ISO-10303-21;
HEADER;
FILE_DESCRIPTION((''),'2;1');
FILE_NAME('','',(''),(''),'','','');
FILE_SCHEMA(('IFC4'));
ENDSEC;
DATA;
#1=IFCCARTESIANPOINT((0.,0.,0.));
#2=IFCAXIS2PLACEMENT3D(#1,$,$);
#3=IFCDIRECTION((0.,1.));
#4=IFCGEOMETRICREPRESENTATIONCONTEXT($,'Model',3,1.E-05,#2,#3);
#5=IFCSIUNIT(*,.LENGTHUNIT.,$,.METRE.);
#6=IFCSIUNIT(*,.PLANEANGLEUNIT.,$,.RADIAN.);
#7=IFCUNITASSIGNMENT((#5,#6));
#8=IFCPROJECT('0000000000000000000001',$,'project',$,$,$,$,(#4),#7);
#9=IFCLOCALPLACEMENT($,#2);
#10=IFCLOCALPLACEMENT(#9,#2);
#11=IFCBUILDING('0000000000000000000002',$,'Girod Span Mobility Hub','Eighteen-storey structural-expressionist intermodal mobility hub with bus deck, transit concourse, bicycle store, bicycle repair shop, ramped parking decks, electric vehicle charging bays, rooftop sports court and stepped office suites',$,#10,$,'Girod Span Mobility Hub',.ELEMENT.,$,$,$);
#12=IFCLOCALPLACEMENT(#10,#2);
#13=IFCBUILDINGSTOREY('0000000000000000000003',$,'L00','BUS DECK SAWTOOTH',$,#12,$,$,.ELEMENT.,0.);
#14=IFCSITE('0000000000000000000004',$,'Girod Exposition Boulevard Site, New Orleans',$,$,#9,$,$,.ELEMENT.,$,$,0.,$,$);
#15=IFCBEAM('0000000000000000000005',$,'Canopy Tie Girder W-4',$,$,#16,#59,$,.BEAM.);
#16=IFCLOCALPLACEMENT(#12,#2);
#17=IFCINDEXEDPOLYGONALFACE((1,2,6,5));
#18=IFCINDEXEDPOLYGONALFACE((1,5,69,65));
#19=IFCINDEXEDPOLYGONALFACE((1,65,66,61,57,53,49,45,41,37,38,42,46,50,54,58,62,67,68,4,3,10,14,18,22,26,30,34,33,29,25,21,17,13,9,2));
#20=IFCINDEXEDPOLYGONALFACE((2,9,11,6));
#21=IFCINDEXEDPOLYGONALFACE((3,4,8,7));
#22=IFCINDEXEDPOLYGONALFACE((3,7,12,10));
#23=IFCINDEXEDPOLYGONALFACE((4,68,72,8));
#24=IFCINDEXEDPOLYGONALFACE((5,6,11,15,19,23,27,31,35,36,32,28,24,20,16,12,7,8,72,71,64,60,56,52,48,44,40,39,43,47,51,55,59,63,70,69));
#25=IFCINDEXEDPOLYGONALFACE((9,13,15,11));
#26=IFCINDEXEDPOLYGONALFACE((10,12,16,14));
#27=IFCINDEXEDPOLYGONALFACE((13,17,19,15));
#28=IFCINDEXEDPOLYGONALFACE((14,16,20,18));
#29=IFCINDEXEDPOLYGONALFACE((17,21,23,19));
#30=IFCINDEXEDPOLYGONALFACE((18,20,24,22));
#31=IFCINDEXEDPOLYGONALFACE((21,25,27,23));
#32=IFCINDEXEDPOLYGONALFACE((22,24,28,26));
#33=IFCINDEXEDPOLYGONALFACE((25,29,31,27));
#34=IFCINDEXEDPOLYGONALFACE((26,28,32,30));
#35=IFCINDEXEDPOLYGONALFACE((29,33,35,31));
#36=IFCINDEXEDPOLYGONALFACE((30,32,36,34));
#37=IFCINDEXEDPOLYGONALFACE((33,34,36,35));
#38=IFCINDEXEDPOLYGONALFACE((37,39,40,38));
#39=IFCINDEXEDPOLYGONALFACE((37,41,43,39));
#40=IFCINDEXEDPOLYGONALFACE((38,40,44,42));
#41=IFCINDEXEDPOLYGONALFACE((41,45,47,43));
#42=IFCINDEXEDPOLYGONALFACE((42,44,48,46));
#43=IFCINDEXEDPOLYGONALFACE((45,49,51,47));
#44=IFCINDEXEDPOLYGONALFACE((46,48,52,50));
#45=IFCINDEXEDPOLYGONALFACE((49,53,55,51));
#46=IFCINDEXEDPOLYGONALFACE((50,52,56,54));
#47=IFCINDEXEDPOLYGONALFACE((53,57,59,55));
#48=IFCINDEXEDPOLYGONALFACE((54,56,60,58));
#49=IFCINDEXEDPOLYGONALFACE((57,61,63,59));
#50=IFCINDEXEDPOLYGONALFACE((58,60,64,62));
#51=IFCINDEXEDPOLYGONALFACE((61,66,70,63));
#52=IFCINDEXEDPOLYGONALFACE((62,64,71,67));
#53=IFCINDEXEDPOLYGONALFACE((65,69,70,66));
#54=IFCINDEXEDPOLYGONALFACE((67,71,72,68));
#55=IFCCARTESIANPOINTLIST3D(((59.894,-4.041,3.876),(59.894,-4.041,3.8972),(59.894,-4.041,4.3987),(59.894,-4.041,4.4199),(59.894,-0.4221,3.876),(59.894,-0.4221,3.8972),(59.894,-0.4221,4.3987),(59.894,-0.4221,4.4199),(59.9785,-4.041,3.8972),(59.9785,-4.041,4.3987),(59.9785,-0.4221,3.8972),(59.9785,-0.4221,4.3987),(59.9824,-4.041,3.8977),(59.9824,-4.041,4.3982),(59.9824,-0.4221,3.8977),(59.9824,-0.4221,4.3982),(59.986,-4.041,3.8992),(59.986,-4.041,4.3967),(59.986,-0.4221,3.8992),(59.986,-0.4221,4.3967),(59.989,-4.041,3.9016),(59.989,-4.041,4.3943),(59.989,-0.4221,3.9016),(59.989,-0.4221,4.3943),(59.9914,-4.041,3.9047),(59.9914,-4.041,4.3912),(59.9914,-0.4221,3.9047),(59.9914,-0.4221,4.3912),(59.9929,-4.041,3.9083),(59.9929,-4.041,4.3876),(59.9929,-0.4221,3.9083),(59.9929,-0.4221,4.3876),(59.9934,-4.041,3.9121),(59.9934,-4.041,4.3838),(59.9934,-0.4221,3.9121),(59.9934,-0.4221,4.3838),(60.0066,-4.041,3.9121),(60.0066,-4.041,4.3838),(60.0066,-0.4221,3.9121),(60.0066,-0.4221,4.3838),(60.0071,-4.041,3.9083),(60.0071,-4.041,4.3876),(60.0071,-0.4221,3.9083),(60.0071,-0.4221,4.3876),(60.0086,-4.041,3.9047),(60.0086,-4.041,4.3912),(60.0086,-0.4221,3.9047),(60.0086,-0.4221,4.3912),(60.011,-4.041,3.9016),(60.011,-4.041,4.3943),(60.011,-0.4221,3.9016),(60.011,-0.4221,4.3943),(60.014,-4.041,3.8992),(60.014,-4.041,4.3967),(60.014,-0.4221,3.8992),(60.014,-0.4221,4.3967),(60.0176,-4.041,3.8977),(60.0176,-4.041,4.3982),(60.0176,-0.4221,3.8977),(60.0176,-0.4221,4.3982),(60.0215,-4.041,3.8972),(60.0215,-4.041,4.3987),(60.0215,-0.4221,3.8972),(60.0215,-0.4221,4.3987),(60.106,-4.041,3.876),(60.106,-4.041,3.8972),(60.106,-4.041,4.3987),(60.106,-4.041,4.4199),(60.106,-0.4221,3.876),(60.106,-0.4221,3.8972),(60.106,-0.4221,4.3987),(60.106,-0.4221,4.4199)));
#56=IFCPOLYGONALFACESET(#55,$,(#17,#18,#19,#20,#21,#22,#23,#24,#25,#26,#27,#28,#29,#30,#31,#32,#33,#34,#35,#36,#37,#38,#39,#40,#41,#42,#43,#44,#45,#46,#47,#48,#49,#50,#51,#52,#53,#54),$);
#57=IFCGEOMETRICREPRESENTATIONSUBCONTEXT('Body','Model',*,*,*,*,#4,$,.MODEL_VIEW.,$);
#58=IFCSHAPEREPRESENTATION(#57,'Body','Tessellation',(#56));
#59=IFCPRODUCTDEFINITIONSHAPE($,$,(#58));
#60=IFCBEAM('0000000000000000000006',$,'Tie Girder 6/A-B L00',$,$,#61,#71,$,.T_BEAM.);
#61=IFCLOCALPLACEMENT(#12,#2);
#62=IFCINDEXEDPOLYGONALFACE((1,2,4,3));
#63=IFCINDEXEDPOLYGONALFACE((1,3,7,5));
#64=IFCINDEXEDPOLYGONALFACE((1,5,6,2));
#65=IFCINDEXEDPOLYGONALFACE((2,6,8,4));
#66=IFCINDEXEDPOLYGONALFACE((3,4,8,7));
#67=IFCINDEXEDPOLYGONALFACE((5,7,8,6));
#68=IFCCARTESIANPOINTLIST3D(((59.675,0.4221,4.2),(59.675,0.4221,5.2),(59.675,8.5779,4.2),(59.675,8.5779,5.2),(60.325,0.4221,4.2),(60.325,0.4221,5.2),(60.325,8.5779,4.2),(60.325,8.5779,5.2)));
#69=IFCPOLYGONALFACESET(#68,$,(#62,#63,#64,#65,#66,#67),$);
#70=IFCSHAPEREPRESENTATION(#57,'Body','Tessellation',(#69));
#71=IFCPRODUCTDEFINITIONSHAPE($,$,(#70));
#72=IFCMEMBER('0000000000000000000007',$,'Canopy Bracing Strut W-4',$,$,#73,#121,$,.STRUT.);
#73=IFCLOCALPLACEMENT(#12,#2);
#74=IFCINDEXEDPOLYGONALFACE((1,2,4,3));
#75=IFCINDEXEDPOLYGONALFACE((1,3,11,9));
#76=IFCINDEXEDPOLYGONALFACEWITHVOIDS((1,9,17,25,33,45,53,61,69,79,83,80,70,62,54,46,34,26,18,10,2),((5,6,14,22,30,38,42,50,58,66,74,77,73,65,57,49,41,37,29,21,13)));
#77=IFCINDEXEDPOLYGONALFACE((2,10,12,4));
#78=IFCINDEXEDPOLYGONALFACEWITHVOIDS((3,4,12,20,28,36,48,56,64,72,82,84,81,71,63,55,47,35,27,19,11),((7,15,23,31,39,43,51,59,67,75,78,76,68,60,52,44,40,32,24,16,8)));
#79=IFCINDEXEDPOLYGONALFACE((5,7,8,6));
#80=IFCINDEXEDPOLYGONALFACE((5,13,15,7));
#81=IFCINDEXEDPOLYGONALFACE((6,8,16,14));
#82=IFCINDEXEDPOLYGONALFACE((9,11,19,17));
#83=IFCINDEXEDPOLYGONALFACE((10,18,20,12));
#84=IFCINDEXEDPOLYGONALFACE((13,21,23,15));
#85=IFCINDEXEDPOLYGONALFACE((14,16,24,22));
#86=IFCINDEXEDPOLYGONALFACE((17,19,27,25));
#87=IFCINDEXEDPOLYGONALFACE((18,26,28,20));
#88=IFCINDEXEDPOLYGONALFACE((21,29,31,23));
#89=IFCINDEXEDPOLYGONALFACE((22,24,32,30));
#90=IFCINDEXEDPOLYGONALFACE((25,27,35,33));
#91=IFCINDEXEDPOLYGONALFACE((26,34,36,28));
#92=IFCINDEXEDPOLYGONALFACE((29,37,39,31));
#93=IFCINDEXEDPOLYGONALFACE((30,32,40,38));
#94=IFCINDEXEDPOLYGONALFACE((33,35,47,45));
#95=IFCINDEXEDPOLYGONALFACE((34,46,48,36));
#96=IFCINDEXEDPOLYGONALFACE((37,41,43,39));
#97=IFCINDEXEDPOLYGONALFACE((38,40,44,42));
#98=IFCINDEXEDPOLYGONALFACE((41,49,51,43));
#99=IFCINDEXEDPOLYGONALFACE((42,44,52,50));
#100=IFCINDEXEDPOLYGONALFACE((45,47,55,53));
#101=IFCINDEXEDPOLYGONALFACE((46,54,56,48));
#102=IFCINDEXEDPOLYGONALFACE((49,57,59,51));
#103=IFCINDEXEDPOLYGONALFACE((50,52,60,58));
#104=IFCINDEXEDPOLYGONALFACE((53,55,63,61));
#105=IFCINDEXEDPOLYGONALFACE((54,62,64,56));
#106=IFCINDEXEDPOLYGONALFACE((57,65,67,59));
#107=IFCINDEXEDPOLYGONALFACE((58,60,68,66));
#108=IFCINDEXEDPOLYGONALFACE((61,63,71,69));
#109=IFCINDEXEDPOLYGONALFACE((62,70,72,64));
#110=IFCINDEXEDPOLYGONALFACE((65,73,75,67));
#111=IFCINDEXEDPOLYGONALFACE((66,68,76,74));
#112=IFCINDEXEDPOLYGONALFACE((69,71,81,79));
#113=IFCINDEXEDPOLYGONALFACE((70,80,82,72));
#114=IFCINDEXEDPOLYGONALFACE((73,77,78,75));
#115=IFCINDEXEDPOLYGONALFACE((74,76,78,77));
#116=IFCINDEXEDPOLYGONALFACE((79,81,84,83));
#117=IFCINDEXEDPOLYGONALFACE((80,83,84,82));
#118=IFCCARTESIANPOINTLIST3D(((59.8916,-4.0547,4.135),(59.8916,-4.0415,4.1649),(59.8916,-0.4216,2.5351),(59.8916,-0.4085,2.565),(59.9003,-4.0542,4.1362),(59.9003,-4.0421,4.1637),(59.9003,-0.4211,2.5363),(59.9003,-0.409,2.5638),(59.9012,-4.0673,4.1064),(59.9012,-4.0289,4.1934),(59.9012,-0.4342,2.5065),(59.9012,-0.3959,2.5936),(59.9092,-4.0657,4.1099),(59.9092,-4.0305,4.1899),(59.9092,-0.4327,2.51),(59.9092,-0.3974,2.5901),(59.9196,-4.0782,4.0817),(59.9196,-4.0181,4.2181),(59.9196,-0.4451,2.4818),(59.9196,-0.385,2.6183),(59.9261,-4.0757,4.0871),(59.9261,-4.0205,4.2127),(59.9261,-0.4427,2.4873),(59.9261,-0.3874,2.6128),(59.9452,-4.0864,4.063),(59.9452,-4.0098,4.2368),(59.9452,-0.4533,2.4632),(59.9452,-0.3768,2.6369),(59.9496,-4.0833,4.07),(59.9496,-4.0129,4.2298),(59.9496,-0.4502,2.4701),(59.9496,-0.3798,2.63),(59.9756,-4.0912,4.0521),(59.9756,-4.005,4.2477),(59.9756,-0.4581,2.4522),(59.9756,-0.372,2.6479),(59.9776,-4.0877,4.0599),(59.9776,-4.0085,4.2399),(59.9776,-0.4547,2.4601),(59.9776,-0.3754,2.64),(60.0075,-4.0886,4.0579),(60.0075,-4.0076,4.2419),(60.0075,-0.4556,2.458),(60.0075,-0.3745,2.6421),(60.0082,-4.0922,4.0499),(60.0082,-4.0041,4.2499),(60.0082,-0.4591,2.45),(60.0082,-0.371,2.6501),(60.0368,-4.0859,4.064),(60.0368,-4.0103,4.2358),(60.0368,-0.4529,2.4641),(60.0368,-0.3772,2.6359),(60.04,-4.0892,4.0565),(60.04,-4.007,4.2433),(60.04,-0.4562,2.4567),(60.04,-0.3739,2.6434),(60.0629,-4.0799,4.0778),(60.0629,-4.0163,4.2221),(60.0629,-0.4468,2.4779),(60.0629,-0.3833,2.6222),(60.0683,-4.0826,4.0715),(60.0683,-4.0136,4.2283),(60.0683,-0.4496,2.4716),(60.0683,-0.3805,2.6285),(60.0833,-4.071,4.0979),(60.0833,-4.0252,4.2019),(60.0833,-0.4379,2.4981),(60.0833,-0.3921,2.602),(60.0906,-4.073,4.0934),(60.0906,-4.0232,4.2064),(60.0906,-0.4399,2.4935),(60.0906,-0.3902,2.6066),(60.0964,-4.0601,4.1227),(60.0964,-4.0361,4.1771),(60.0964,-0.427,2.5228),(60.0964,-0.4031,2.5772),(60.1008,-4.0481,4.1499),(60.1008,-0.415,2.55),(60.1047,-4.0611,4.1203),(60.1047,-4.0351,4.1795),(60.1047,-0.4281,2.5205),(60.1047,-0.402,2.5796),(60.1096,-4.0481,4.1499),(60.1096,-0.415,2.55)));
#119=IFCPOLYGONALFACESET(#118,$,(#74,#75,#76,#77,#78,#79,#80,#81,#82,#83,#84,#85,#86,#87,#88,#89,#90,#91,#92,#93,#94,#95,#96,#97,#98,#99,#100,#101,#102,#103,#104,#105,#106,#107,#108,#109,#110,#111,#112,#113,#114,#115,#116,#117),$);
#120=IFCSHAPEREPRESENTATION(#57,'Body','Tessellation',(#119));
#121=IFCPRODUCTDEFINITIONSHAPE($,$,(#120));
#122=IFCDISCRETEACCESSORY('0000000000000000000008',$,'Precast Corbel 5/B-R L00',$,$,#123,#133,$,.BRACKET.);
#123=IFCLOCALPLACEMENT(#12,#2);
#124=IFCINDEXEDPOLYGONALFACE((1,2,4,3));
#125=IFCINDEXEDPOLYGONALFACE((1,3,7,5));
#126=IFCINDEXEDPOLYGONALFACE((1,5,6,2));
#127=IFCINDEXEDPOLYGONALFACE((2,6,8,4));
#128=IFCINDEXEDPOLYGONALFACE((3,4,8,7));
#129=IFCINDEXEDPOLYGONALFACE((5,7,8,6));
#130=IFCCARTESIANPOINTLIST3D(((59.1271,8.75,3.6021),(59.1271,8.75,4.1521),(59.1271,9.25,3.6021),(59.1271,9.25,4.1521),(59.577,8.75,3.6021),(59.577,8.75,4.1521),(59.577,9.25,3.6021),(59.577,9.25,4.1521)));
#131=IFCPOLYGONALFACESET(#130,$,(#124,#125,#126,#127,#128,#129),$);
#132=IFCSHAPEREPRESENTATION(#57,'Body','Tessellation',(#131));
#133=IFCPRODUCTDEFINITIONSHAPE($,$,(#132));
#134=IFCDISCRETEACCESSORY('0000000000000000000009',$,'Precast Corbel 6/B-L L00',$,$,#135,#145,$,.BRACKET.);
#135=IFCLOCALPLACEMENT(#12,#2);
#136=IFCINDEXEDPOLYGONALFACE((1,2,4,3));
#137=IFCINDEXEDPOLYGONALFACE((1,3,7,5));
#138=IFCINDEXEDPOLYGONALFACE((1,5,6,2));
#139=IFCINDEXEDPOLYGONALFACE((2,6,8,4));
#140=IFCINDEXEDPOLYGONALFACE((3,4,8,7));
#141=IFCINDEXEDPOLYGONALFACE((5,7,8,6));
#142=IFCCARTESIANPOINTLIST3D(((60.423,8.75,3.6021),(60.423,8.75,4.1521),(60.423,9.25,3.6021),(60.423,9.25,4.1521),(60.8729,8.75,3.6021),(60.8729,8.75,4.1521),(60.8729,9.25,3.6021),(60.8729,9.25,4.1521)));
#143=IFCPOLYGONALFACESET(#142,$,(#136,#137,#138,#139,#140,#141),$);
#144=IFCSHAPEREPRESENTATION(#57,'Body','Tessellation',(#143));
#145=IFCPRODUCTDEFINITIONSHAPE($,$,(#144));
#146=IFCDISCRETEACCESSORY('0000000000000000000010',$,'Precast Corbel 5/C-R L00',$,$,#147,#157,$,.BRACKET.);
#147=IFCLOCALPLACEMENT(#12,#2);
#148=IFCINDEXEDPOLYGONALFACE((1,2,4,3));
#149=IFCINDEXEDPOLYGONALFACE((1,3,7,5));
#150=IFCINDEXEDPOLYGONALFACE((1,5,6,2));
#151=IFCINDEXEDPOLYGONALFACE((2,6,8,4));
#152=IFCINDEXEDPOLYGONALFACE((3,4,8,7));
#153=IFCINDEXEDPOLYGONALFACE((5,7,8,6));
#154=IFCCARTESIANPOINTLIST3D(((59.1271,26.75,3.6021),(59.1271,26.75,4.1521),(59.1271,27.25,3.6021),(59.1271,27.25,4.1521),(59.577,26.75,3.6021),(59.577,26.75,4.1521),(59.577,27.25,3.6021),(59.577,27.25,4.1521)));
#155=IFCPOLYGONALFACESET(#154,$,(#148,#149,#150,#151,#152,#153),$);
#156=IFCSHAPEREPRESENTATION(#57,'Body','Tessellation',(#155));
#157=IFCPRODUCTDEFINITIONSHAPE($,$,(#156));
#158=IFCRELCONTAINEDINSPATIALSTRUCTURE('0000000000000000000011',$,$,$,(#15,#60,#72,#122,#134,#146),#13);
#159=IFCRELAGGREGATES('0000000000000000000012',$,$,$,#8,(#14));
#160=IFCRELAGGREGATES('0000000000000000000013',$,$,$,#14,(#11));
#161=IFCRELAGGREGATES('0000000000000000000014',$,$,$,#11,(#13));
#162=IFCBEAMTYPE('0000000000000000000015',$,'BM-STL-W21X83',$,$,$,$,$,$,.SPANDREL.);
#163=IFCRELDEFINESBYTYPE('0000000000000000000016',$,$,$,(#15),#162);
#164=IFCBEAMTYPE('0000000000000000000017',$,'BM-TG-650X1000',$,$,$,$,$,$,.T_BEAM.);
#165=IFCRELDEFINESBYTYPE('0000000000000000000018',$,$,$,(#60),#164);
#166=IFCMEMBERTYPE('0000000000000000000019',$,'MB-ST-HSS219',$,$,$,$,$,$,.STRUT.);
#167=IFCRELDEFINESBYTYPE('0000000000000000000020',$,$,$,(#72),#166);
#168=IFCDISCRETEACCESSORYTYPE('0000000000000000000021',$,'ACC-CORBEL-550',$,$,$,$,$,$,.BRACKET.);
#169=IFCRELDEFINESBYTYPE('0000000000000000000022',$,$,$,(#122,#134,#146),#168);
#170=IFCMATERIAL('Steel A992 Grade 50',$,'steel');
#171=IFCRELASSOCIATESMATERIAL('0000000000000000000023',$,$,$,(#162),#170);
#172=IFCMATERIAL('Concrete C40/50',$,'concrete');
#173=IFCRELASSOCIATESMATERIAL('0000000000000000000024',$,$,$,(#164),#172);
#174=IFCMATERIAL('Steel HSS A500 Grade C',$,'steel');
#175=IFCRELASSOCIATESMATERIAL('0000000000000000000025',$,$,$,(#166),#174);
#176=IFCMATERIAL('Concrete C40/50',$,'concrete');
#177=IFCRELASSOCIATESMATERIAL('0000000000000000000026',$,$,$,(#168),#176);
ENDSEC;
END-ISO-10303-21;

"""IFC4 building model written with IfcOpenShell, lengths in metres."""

from ifc_helpers import new_model, si_unit, direction, frame, origin, origin_2d, place, context, subcontext, project, spatial, rectangle, hollow_circle, i_section, extrude, material, material_profile, profile_set, type_object, element, save


model = new_model("IFC4")

# Units and contexts
model_context = context("Model", 3, precision=1e-05, world=origin(), true_north=direction((0.0, 1.0)))
body_context = subcontext(model_context, "Body", "Model", "MODEL_VIEW")
ifc_project = project(units=[si_unit("LENGTHUNIT", "METRE"), si_unit("PLANEANGLEUNIT", "RADIAN")], contexts=[model_context])

# Site, building, storey
site_placement = place(None, origin())
site = spatial("IfcSite", under=ifc_project, at=site_placement, Name="Girod Exposition Boulevard Site, New Orleans", CompositionType="ELEMENT", RefElevation=0.0)
building_placement = place(site_placement, origin())
building = spatial("IfcBuilding", under=site, at=building_placement, Name="Girod Span Mobility Hub", Description="Eighteen-storey structural-expressionist intermodal mobility hub with bus deck, transit concourse, bicycle store, bicycle repair shop, ramped parking decks, electric vehicle charging bays, rooftop sports court and stepped office suites", LongName="Girod Span Mobility Hub", CompositionType="ELEMENT")
storey_placement = place(building_placement, origin())
storey = spatial("IfcBuildingStorey", under=building, at=storey_placement, Name="L00", Description="BUS DECK SAWTOOTH", CompositionType="ELEMENT", Elevation=0.0)

# Beams
ifc_material_1 = material(Name="Steel A992 Grade 50", Category="steel")
ifc_material_profile_1 = material_profile(ifc_material_1, i_section(OverallWidth=0.2119, OverallDepth=0.5439, WebThickness=0.0132, FlangeThickness=0.0212, FilletRadius=0.0149, at=origin_2d()), Name="W21X83")
ifc_profile_set_1 = profile_set([ifc_material_profile_1], Name="Steel A992 Grade 50")
beam_type_1 = type_object("IfcBeamType", Name="BM-STL-W21X83", PredefinedType="SPANDREL", material=ifc_profile_set_1)
beam_1_placement = place(storey_placement, frame((60.0, -4.041, 4.1479), z_axis=(0.0, 1.0, 0.0), x_axis=(-1.0, 0.0, 0.0)))
element("IfcBeam", 1, at=beam_1_placement, inside=storey, type_object=beam_type_1, Name="Canopy Tie Girder W-4", PredefinedType="BEAM", context=body_context, shape_type="SweptSolid", body=[
    extrude(i_section(OverallWidth=0.2119, OverallDepth=0.5439, WebThickness=0.0132, FlangeThickness=0.0212, FilletRadius=0.0149, at=origin_2d()), origin(), (0.0, 0.0, 1.0), 3.6189),
])
ifc_material_2 = material(Name="Concrete C40/50", Category="concrete")
ifc_material_profile_2 = material_profile(ifc_material_2, rectangle(XDim=0.6499, YDim=1.0, at=origin_2d()), Name="TG-650X1000")
ifc_profile_set_2 = profile_set([ifc_material_profile_2], Name="Concrete C40/50")
beam_type_2 = type_object("IfcBeamType", Name="BM-TG-650X1000", PredefinedType="T_BEAM", material=ifc_profile_set_2)
beam_2_placement = place(storey_placement, frame((60.0, 0.4221, 4.7), z_axis=(0.0, 1.0, 0.0), x_axis=(-1.0, 0.0, 0.0)))
element("IfcBeam", 2, at=beam_2_placement, inside=storey, type_object=beam_type_2, Name="Tie Girder 6/A-B L00", PredefinedType="T_BEAM", context=body_context, shape_type="SweptSolid", body=[
    extrude(rectangle(XDim=0.6499, YDim=1.0, at=origin_2d()), origin(), (0.0, 0.0, 1.0), 8.1558),
])

# Member
ifc_material_3 = material(Name="Steel HSS A500 Grade C", Category="steel")
ifc_material_profile_3 = material_profile(ifc_material_3, hollow_circle(Radius=0.1096, WallThickness=0.0088, at=origin_2d()), Name="HSS219X9.5")
ifc_profile_set_3 = profile_set([ifc_material_profile_3], Name="Steel HSS A500 Grade C")
member_type = type_object("IfcMemberType", Name="MB-ST-HSS219", PredefinedType="STRUT", material=ifc_profile_set_3)
member_placement = place(storey_placement, frame((60.0, -0.415, 2.55), z_axis=(0.0, -0.915193, 0.403015), x_axis=(1.0, 0.0, 0.0)))
element("IfcMember", 3, at=member_placement, inside=storey, type_object=member_type, Name="Canopy Bracing Strut W-4", PredefinedType="STRUT", context=body_context, shape_type="SweptSolid", body=[
    extrude(hollow_circle(Radius=0.1096, WallThickness=0.0088, at=origin_2d()), origin(), (0.0, 0.0, 1.0), 3.9697),
])

# Discrete accessories
ifc_material_4 = material(Name="Concrete C40/50", Category="concrete")
discrete_accessory_type = type_object("IfcDiscreteAccessoryType", Name="ACC-CORBEL-550", PredefinedType="BRACKET", material=ifc_material_4)
for number, where, z_axis, x_axis, name in (
    (4, (59.3521, 9.0, 3.6021), (0.0, 0.0, 1.0), (1.0, 0.0, 0.0), "Precast Corbel 5/B-R L00"),
    (5, (60.6479, 9.0, 3.6021), (0.0, 0.0, 1.0), (1.0, 0.0, 0.0), "Precast Corbel 6/B-L L00"),
    (6, (59.3521, 27.0, 3.6021), (0.0, 0.0, 1.0), (1.0, 0.0, 0.0), "Precast Corbel 5/C-R L00"),
):
    element("IfcDiscreteAccessory", number, at=place(storey_placement, frame(where, z_axis=z_axis, x_axis=x_axis)), inside=storey, type_object=discrete_accessory_type, Name=name, PredefinedType="BRACKET", context=body_context, shape_type="SweptSolid", body=[
        extrude(rectangle(XDim=0.45, YDim=0.5, at=origin_2d()), origin(), (0.0, 0.0, 1.0), 0.55),
    ])

save(model, "model.ifc")
